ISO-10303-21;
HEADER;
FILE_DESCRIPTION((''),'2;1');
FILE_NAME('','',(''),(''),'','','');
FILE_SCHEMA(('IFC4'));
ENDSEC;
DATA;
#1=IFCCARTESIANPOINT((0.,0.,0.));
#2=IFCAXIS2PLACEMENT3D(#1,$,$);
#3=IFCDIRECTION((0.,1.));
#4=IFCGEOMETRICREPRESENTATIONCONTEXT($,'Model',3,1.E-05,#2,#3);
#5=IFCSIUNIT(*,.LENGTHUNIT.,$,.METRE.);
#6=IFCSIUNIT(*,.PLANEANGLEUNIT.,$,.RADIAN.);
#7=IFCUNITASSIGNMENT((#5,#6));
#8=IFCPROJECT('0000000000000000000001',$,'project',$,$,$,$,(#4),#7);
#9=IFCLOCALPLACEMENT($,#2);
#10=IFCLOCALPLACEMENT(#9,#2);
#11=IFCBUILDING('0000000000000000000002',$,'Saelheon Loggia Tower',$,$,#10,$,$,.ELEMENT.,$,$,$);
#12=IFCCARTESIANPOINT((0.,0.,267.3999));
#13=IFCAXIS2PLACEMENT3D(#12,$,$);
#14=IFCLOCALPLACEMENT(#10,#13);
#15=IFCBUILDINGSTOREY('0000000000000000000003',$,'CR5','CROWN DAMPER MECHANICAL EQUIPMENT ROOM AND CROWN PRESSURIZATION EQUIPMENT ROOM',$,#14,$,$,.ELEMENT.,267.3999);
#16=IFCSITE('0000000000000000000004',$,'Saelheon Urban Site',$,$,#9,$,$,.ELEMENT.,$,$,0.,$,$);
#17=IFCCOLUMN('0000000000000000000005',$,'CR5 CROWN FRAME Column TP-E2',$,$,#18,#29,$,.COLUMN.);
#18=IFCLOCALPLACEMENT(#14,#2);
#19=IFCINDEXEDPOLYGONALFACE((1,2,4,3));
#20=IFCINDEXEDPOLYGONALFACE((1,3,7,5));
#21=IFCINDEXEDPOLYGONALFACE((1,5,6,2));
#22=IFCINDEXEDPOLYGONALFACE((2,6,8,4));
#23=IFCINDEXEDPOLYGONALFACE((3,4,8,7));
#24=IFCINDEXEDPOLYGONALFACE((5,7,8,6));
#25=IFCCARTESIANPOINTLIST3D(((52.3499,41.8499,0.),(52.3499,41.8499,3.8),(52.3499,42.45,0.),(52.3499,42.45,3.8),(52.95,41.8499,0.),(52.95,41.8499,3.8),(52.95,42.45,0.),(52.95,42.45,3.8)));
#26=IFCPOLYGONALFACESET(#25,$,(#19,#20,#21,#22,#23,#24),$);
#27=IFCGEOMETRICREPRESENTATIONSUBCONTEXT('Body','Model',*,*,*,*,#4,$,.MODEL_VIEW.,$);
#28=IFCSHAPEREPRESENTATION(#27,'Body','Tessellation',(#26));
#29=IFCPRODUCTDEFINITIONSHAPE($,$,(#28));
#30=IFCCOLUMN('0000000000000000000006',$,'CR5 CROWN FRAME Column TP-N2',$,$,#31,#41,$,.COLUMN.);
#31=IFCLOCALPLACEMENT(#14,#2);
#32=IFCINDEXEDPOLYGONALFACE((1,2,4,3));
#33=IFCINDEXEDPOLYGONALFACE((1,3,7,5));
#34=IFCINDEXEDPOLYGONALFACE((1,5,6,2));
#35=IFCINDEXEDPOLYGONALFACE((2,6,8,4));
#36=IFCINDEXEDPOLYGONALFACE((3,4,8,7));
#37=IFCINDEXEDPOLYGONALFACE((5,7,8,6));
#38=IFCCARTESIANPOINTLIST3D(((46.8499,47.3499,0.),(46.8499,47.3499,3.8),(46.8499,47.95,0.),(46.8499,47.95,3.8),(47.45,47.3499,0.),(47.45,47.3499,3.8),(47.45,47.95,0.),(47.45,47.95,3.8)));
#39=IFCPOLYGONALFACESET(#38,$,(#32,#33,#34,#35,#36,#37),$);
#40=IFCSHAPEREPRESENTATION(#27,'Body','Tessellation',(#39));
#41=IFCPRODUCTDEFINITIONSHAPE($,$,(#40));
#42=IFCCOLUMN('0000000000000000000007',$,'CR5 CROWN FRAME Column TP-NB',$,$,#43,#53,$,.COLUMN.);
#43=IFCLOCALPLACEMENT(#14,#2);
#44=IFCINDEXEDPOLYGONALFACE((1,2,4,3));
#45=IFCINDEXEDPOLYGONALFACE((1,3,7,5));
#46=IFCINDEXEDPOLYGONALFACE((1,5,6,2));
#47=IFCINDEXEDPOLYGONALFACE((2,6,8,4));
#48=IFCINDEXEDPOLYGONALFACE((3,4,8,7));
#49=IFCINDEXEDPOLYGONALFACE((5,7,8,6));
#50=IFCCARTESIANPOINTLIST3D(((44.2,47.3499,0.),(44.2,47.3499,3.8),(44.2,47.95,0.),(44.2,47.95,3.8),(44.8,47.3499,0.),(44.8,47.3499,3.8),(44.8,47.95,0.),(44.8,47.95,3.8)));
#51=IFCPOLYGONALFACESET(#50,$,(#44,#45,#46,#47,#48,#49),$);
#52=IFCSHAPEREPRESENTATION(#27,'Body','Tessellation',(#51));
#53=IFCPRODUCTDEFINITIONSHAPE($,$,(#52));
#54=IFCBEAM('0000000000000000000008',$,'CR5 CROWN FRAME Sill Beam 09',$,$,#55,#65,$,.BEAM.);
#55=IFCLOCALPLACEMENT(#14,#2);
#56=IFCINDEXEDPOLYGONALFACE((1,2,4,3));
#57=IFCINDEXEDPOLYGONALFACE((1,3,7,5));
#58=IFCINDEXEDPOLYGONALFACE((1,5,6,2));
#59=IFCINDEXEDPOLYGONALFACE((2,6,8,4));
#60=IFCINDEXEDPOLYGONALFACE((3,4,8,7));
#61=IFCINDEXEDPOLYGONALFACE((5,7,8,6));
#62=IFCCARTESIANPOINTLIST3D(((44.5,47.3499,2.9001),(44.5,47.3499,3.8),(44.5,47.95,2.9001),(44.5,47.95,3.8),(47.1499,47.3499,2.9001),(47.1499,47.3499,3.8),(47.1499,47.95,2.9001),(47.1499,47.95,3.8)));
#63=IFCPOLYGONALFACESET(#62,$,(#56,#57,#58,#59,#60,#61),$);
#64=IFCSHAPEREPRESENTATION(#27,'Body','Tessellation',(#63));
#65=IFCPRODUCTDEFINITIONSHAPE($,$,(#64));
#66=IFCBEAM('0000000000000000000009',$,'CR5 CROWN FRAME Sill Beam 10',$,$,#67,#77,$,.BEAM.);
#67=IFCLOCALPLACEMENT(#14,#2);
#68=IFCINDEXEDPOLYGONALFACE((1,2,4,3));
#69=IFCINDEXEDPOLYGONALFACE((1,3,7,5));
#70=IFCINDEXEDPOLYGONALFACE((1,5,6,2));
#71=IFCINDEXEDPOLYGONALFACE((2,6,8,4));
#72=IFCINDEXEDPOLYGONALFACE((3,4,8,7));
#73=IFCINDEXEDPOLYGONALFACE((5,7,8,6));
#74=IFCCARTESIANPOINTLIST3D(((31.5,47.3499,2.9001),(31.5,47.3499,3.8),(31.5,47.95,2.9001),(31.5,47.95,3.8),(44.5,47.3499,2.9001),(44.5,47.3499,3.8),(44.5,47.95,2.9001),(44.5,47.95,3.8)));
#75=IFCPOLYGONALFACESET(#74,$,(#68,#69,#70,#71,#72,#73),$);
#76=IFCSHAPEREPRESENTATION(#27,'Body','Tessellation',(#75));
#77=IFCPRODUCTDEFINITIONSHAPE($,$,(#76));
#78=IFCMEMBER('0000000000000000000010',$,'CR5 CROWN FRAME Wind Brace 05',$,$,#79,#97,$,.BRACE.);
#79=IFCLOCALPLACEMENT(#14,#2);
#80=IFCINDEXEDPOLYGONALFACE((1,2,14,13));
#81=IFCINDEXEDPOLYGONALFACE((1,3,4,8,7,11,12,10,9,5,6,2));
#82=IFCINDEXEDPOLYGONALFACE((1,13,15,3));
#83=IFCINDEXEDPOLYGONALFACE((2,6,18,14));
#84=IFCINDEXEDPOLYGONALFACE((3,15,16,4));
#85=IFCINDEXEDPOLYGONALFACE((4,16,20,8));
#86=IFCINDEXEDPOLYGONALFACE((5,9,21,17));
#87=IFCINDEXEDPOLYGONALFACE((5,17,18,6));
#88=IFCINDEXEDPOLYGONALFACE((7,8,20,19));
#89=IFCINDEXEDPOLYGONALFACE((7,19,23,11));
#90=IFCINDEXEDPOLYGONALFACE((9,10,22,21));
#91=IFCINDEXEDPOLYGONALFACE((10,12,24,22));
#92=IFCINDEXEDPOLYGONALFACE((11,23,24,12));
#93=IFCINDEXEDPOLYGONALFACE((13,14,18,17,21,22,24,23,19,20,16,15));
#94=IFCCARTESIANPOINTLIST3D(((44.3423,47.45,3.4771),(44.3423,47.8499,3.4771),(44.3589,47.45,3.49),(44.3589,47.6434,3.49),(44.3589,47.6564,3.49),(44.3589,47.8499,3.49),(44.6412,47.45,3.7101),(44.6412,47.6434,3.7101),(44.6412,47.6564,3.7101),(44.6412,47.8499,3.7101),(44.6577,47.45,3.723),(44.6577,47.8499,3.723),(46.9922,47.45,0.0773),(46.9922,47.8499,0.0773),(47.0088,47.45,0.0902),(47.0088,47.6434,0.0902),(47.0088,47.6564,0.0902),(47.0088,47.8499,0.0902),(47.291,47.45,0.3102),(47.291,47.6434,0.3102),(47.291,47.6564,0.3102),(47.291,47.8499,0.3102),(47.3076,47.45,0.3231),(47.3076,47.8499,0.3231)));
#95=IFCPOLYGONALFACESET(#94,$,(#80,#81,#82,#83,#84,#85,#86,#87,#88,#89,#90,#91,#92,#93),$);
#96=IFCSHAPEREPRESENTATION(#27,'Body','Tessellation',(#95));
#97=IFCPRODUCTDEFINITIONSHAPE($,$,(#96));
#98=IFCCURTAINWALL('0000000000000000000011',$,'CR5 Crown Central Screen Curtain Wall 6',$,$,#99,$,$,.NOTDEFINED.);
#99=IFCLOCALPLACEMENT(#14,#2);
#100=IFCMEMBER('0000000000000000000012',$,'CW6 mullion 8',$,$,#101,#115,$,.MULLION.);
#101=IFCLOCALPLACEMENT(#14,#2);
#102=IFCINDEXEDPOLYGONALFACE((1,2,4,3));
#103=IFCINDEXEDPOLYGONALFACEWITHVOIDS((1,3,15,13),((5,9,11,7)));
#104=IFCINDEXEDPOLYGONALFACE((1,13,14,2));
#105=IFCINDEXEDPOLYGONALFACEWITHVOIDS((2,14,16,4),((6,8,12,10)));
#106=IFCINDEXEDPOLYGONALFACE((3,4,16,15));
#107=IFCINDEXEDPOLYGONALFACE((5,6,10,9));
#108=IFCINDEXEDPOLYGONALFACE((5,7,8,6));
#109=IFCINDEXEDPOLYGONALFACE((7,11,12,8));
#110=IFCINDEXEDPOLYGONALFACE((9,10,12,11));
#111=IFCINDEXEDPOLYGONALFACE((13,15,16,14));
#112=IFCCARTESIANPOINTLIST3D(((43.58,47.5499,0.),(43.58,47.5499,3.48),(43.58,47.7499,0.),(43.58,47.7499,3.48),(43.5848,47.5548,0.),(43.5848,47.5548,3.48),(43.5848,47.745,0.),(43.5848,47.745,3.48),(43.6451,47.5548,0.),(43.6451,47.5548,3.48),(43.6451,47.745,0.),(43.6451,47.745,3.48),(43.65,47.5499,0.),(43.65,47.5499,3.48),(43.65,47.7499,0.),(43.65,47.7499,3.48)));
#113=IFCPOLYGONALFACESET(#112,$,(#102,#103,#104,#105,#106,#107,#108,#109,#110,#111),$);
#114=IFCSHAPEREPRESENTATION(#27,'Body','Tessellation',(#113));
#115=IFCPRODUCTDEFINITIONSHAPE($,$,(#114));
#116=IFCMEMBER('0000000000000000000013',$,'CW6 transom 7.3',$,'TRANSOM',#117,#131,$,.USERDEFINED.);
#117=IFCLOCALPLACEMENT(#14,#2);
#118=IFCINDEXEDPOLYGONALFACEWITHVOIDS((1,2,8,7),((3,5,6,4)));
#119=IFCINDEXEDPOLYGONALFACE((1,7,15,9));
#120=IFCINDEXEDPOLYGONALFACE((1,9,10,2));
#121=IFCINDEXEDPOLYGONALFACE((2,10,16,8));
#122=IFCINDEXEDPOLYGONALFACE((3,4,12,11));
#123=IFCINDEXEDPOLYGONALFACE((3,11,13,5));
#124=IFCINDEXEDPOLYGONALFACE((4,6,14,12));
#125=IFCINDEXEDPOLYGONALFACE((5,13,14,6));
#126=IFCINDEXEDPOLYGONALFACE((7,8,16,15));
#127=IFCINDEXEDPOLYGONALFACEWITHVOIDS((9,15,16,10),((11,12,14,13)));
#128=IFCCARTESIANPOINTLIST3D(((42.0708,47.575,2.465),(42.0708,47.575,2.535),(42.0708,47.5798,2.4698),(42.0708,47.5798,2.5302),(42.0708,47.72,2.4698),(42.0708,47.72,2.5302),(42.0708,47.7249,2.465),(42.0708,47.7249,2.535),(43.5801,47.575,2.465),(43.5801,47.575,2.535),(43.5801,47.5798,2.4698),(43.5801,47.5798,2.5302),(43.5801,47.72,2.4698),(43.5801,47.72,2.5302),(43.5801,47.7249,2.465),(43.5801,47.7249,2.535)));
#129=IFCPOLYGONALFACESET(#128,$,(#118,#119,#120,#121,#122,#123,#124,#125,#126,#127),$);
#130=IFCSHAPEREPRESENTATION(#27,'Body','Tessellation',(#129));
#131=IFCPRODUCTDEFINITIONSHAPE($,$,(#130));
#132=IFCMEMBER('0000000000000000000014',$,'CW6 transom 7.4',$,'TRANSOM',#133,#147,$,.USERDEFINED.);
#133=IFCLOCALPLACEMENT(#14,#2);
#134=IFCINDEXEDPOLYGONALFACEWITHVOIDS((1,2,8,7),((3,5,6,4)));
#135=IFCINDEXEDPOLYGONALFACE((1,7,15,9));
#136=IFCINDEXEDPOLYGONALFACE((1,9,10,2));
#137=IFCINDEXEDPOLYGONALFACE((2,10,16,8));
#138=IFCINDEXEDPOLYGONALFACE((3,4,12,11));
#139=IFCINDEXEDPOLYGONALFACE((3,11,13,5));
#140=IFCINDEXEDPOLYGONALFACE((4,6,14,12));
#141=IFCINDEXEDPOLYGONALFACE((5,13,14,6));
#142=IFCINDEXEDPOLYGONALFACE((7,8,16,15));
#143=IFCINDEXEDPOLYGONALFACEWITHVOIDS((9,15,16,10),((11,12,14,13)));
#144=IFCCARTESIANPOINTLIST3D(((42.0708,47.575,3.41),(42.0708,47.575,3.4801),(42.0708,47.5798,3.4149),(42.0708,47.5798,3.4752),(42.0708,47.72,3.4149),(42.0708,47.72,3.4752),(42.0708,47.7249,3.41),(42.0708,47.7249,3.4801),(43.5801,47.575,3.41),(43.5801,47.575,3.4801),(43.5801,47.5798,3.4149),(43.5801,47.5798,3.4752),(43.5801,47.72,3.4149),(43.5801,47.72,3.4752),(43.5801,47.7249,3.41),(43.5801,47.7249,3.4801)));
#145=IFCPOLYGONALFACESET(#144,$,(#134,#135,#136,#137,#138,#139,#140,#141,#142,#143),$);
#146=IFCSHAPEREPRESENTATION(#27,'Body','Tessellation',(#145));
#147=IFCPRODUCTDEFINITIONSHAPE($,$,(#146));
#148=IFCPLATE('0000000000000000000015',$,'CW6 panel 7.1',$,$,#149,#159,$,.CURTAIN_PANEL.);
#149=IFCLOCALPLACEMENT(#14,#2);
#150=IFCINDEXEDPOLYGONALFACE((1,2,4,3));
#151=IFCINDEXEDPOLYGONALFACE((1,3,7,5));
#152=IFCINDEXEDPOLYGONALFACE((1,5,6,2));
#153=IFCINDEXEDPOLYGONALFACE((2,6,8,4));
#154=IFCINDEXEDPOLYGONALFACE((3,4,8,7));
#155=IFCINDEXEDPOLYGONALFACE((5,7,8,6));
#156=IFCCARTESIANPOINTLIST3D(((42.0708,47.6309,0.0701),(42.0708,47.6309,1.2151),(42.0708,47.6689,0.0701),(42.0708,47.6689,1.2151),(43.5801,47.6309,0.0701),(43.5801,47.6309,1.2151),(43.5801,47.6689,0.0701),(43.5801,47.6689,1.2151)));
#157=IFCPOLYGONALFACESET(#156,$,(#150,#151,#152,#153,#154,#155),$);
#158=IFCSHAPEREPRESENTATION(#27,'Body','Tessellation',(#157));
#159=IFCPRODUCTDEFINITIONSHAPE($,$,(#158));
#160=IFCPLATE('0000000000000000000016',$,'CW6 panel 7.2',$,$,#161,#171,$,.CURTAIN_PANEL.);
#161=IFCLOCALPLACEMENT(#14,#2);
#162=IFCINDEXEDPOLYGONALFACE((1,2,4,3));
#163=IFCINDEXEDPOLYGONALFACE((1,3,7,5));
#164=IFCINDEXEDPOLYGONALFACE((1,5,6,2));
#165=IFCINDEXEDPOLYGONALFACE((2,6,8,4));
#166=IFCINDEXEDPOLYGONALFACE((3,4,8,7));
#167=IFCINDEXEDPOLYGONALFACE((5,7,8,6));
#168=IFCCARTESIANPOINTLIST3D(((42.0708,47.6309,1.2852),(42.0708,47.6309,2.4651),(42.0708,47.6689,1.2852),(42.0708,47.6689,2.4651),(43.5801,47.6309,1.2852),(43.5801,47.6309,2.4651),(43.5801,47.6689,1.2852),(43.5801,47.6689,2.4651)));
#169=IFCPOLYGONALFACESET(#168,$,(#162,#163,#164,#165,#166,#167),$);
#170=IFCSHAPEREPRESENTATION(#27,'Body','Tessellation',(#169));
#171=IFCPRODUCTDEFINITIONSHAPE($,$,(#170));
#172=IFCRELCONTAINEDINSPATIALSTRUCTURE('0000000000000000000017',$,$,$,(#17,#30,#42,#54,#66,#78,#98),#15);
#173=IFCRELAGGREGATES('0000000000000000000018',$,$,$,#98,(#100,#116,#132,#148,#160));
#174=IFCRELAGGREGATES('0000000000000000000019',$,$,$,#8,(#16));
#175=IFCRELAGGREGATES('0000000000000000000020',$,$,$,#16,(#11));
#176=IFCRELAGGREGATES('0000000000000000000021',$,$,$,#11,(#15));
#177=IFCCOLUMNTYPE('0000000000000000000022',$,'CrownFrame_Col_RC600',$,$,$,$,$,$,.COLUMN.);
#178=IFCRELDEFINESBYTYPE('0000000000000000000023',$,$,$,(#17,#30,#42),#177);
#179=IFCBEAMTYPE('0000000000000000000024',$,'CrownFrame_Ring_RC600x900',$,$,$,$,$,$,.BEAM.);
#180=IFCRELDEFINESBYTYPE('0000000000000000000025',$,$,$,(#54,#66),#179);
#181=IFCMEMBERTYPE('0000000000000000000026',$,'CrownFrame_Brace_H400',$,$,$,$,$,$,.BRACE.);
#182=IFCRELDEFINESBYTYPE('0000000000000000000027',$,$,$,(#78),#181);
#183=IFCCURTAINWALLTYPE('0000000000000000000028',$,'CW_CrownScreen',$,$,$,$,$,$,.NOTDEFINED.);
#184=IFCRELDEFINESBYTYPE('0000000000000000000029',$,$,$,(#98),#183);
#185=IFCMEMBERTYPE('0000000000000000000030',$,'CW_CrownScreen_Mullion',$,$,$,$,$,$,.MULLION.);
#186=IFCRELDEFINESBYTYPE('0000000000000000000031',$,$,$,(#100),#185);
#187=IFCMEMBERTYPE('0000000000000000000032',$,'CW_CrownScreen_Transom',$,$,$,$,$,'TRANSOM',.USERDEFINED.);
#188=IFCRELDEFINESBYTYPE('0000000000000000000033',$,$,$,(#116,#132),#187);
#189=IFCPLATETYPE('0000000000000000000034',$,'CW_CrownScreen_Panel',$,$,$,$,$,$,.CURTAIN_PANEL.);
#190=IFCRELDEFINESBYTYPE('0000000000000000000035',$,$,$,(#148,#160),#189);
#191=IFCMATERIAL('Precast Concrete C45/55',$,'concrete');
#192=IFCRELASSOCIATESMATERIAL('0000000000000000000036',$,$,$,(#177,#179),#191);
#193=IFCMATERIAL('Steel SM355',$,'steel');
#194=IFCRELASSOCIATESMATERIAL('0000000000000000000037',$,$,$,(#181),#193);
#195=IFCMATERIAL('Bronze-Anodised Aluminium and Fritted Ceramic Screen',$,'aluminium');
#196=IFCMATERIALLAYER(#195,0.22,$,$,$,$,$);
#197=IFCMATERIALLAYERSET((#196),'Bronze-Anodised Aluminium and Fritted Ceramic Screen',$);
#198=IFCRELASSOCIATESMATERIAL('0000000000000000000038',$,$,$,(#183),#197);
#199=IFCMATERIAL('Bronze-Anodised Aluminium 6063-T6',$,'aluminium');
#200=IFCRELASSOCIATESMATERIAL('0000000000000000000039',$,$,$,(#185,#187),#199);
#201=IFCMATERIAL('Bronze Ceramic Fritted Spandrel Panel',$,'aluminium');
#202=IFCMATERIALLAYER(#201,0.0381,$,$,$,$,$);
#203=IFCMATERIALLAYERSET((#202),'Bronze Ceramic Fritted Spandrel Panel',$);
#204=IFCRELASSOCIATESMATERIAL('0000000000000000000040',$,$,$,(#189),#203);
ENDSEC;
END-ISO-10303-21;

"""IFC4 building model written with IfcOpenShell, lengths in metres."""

from ifc_helpers import new_model, si_unit, direction, frame, origin, origin_2d, place, context, subcontext, project, spatial, rectangle, hollow_rectangle, i_section, extrude, source, transform, mapped, material, layer, layer_set, material_profile, profile_set, type_object, element, aggregate, save


model = new_model("IFC4")

# Units and contexts
model_context = context("Model", 3, precision=1e-05, world=origin(), true_north=direction((0.0, 1.0)))
body_context = subcontext(model_context, "Body", "Model", "MODEL_VIEW")
ifc_project = project(units=[si_unit("LENGTHUNIT", "METRE"), si_unit("PLANEANGLEUNIT", "RADIAN")], contexts=[model_context])

# Site, building, storey
site_placement = place(None, origin())
site = spatial("IfcSite", under=ifc_project, at=site_placement, Name="Saelheon Urban Site", CompositionType="ELEMENT", RefElevation=0.0)
building_placement = place(site_placement, origin())
building = spatial("IfcBuilding", under=site, at=building_placement, Name="Saelheon Loggia Tower", CompositionType="ELEMENT")
storey_placement = place(building_placement, frame((0.0, 0.0, 267.3999)))
storey = spatial("IfcBuildingStorey", under=building, at=storey_placement, Name="CR5", Description="CROWN DAMPER MECHANICAL EQUIPMENT ROOM AND CROWN PRESSURIZATION EQUIPMENT ROOM", CompositionType="ELEMENT", Elevation=267.3999)

# Columns
ifc_material_1 = material(Name="Precast Concrete C45/55", Category="concrete")
ifc_material_profile_1 = material_profile(ifc_material_1, rectangle(XDim=0.6001, YDim=0.6001, at=origin_2d()), Name="RC-600x600")
ifc_profile_set_1 = profile_set([ifc_material_profile_1], Name="Precast Concrete C45/55")
column_type = type_object("IfcColumnType", Name="CrownFrame_Col_RC600", PredefinedType="COLUMN", material=ifc_profile_set_1)
shared_shape_1 = source(origin(), body_context, "Body", "SweptSolid", [
    extrude(rectangle(XDim=0.6001, YDim=0.6001, at=origin_2d()), origin(), (0.0, 0.0, 1.0), 3.8),
])
for number, where, z_axis, x_axis, name in (
    (1, (52.6499, 42.1499, 0.0), (0.0, 0.0, 1.0), (1.0, 0.0, 0.0), "CR5 CROWN FRAME Column TP-E2"),
    (2, (47.1499, 47.6499, 0.0), (0.0, 0.0, 1.0), (1.0, 0.0, 0.0), "CR5 CROWN FRAME Column TP-N2"),
    (3, (44.5, 47.6499, 0.0), (0.0, 0.0, 1.0), (1.0, 0.0, 0.0), "CR5 CROWN FRAME Column TP-NB"),
):
    element("IfcColumn", number, at=place(storey_placement, frame(where, z_axis=z_axis, x_axis=x_axis)), inside=storey, type_object=column_type, Name=name, PredefinedType="COLUMN", context=body_context, shape_type="MappedRepresentation", body=[
        mapped(shared_shape_1, transform((0.0, 0.0, 0.0), scale=1.0)),
    ])

# Beams
ifc_material_profile_2 = material_profile(ifc_material_1, rectangle(XDim=0.6001, YDim=0.8999, at=origin_2d()), Name="RC-600x900")
ifc_profile_set_2 = profile_set([ifc_material_profile_2], Name="Precast Concrete C45/55")
beam_type = type_object("IfcBeamType", Name="CrownFrame_Ring_RC600x900", PredefinedType="BEAM", material=ifc_profile_set_2)
shared_shape_2 = source(origin(), body_context, "Body", "SweptSolid", [
    extrude(rectangle(XDim=0.6001, YDim=0.8999, at=origin_2d()), origin(), (0.0, 0.0, 1.0), 2.6499),
])
beam_1_placement = place(storey_placement, frame((47.1499, 47.6499, 3.3501), z_axis=(-1.0, 0.0, 0.0), x_axis=(0.0, -1.0, 0.0)))
element("IfcBeam", 4, at=beam_1_placement, inside=storey, type_object=beam_type, Name="CR5 CROWN FRAME Sill Beam 09", PredefinedType="BEAM", context=body_context, shape_type="MappedRepresentation", body=[
    mapped(shared_shape_2, transform((0.0, 0.0, 0.0), scale=1.0)),
])
shared_shape_3 = source(origin(), body_context, "Body", "SweptSolid", [
    extrude(rectangle(XDim=0.6001, YDim=0.8999, at=origin_2d()), origin(), (0.0, 0.0, 1.0), 13.0),
])
beam_2_placement = place(storey_placement, frame((44.5, 47.6499, 3.3501), z_axis=(-1.0, 0.0, 0.0), x_axis=(0.0, -1.0, 0.0)))
element("IfcBeam", 5, at=beam_2_placement, inside=storey, type_object=beam_type, Name="CR5 CROWN FRAME Sill Beam 10", PredefinedType="BEAM", context=body_context, shape_type="MappedRepresentation", body=[
    mapped(shared_shape_3, transform((0.0, 0.0, 0.0), scale=1.0)),
])

# Member
ifc_material_2 = material(Name="Steel SM355", Category="steel")
ifc_material_profile_3 = material_profile(ifc_material_2, i_section(OverallWidth=0.3999, OverallDepth=0.3999, WebThickness=0.0129, FlangeThickness=0.021, at=origin_2d()), Name="H-400x400x13x21")
ifc_profile_set_3 = profile_set([ifc_material_profile_3], Name="Steel SM355")
member_type_1 = type_object("IfcMemberType", Name="CrownFrame_Brace_H400", PredefinedType="BRACE", material=ifc_profile_set_3)
shared_shape_4 = source(origin(), body_context, "Body", "SweptSolid", [
    extrude(i_section(OverallWidth=0.3999, OverallDepth=0.3999, WebThickness=0.0129, FlangeThickness=0.021, at=origin_2d()), origin(), (0.0, 0.0, 1.0), 4.3105),
])
member_1_placement = place(storey_placement, frame((47.1499, 47.6499, 0.2002), z_axis=(-0.61474, 0.0, 0.78873), x_axis=(0.0, -1.0, 0.0)))
element("IfcMember", 6, at=member_1_placement, inside=storey, type_object=member_type_1, Name="CR5 CROWN FRAME Wind Brace 05", PredefinedType="BRACE", context=body_context, shape_type="MappedRepresentation", body=[
    mapped(shared_shape_4, transform((0.0, 0.0, 0.0), scale=1.0)),
])

# Curtain wall, members, plates
ifc_material_3 = material(Name="Bronze-Anodised Aluminium and Fritted Ceramic Screen", Category="aluminium")
ifc_layer_1 = layer(ifc_material_3, 0.22)
ifc_layer_set_1 = layer_set([ifc_layer_1], Name="Bronze-Anodised Aluminium and Fritted Ceramic Screen")
curtain_wall_type = type_object("IfcCurtainWallType", Name="CW_CrownScreen", PredefinedType="NOTDEFINED", material=ifc_layer_set_1)
curtain_wall_placement = place(storey_placement, origin())
curtain_wall = element("IfcCurtainWall", 7, at=curtain_wall_placement, inside=storey, type_object=curtain_wall_type, Name="CR5 Crown Central Screen Curtain Wall 6", PredefinedType="NOTDEFINED")
ifc_material_4 = material(Name="Bronze-Anodised Aluminium 6063-T6", Category="aluminium")
ifc_material_profile_4 = material_profile(ifc_material_4, hollow_rectangle(XDim=0.0701, YDim=0.2, WallThickness=0.0049, at=origin_2d()), Name="RHS-200x70x5")
ifc_profile_set_4 = profile_set([ifc_material_profile_4], Name="Bronze-Anodised Aluminium 6063-T6")
member_type_2 = type_object("IfcMemberType", Name="CW_CrownScreen_Mullion", PredefinedType="MULLION", material=ifc_profile_set_4)
shared_shape_5 = source(origin(), body_context, "Body", "SweptSolid", [
    extrude(hollow_rectangle(XDim=0.0701, YDim=0.2, WallThickness=0.0049, at=origin_2d()), origin(), (0.0, 0.0, 1.0), 3.48),
])
member_2_placement = place(storey_placement, frame((43.615, 47.6499, 0.0), z_axis=(0.0, 0.0, 1.0), x_axis=(1.0, 0.0, 0.0)))
member_2 = element("IfcMember", 8, at=member_2_placement, type_object=member_type_2, Name="CW6 mullion 8", PredefinedType="MULLION", context=body_context, shape_type="MappedRepresentation", body=[
    mapped(shared_shape_5, transform((0.0, 0.0, 0.0), scale=1.0)),
])
ifc_material_profile_5 = material_profile(ifc_material_4, hollow_rectangle(XDim=0.0701, YDim=0.1499, WallThickness=0.0049, at=origin_2d()), Name="RHS-150x70x5")
ifc_profile_set_5 = profile_set([ifc_material_profile_5], Name="Bronze-Anodised Aluminium 6063-T6")
member_type_3 = type_object("IfcMemberType", Name="CW_CrownScreen_Transom", ElementType="TRANSOM", PredefinedType="USERDEFINED", material=ifc_profile_set_5)
shared_shape_6 = source(origin(), body_context, "Body", "SweptSolid", [
    extrude(hollow_rectangle(XDim=0.0701, YDim=0.1499, WallThickness=0.0049, at=origin_2d()), origin(), (0.0, 0.0, 1.0), 1.5093),
])
member_3_placement = place(storey_placement, frame((42.0708, 47.6499, 2.5), z_axis=(1.0, 0.0, 0.0), x_axis=(0.0, 0.0, 1.0)))
member_3 = element("IfcMember", 9, at=member_3_placement, type_object=member_type_3, Name="CW6 transom 7.3", ObjectType="TRANSOM", PredefinedType="USERDEFINED", context=body_context, shape_type="MappedRepresentation", body=[
    mapped(shared_shape_6, transform((0.0, 0.0, 0.0), scale=1.0)),
])
member_4_placement = place(storey_placement, frame((42.0708, 47.6499, 3.4451), z_axis=(1.0, 0.0, 0.0), x_axis=(0.0, 0.0, 1.0)))
member_4 = element("IfcMember", 10, at=member_4_placement, type_object=member_type_3, Name="CW6 transom 7.4", ObjectType="TRANSOM", PredefinedType="USERDEFINED", context=body_context, shape_type="MappedRepresentation", body=[
    mapped(shared_shape_6, transform((0.0, 0.0, 0.0), scale=1.0)),
])
ifc_material_5 = material(Name="Bronze Ceramic Fritted Spandrel Panel", Category="aluminium")
ifc_layer_2 = layer(ifc_material_5, 0.0381)
ifc_layer_set_2 = layer_set([ifc_layer_2], Name="Bronze Ceramic Fritted Spandrel Panel")
plate_type = type_object("IfcPlateType", Name="CW_CrownScreen_Panel", PredefinedType="CURTAIN_PANEL", material=ifc_layer_set_2)
shared_shape_7 = source(origin(), body_context, "Body", "SweptSolid", [
    extrude(rectangle(XDim=1.5093, YDim=0.0381, at=origin_2d()), origin(), (0.0, 0.0, 1.0), 1.145),
])
plate_1_placement = place(storey_placement, frame((42.8254, 47.6499, 0.0701), z_axis=(0.0, 0.0, 1.0), x_axis=(1.0, 0.0, 0.0)))
plate_1 = element("IfcPlate", 11, at=plate_1_placement, type_object=plate_type, Name="CW6 panel 7.1", PredefinedType="CURTAIN_PANEL", context=body_context, shape_type="MappedRepresentation", body=[
    mapped(shared_shape_7, transform((0.0, 0.0, 0.0), scale=1.0)),
])
shared_shape_8 = source(origin(), body_context, "Body", "SweptSolid", [
    extrude(rectangle(XDim=1.5093, YDim=0.0381, at=origin_2d()), origin(), (0.0, 0.0, 1.0), 1.1799),
])
plate_2_placement = place(storey_placement, frame((42.8254, 47.6499, 1.2852), z_axis=(0.0, 0.0, 1.0), x_axis=(1.0, 0.0, 0.0)))
plate_2 = element("IfcPlate", 12, at=plate_2_placement, type_object=plate_type, Name="CW6 panel 7.2", PredefinedType="CURTAIN_PANEL", context=body_context, shape_type="MappedRepresentation", body=[
    mapped(shared_shape_8, transform((0.0, 0.0, 0.0), scale=1.0)),
])
aggregate(curtain_wall, [member_2, member_3, member_4, plate_1, plate_2])

save(model, "model.ifc")
